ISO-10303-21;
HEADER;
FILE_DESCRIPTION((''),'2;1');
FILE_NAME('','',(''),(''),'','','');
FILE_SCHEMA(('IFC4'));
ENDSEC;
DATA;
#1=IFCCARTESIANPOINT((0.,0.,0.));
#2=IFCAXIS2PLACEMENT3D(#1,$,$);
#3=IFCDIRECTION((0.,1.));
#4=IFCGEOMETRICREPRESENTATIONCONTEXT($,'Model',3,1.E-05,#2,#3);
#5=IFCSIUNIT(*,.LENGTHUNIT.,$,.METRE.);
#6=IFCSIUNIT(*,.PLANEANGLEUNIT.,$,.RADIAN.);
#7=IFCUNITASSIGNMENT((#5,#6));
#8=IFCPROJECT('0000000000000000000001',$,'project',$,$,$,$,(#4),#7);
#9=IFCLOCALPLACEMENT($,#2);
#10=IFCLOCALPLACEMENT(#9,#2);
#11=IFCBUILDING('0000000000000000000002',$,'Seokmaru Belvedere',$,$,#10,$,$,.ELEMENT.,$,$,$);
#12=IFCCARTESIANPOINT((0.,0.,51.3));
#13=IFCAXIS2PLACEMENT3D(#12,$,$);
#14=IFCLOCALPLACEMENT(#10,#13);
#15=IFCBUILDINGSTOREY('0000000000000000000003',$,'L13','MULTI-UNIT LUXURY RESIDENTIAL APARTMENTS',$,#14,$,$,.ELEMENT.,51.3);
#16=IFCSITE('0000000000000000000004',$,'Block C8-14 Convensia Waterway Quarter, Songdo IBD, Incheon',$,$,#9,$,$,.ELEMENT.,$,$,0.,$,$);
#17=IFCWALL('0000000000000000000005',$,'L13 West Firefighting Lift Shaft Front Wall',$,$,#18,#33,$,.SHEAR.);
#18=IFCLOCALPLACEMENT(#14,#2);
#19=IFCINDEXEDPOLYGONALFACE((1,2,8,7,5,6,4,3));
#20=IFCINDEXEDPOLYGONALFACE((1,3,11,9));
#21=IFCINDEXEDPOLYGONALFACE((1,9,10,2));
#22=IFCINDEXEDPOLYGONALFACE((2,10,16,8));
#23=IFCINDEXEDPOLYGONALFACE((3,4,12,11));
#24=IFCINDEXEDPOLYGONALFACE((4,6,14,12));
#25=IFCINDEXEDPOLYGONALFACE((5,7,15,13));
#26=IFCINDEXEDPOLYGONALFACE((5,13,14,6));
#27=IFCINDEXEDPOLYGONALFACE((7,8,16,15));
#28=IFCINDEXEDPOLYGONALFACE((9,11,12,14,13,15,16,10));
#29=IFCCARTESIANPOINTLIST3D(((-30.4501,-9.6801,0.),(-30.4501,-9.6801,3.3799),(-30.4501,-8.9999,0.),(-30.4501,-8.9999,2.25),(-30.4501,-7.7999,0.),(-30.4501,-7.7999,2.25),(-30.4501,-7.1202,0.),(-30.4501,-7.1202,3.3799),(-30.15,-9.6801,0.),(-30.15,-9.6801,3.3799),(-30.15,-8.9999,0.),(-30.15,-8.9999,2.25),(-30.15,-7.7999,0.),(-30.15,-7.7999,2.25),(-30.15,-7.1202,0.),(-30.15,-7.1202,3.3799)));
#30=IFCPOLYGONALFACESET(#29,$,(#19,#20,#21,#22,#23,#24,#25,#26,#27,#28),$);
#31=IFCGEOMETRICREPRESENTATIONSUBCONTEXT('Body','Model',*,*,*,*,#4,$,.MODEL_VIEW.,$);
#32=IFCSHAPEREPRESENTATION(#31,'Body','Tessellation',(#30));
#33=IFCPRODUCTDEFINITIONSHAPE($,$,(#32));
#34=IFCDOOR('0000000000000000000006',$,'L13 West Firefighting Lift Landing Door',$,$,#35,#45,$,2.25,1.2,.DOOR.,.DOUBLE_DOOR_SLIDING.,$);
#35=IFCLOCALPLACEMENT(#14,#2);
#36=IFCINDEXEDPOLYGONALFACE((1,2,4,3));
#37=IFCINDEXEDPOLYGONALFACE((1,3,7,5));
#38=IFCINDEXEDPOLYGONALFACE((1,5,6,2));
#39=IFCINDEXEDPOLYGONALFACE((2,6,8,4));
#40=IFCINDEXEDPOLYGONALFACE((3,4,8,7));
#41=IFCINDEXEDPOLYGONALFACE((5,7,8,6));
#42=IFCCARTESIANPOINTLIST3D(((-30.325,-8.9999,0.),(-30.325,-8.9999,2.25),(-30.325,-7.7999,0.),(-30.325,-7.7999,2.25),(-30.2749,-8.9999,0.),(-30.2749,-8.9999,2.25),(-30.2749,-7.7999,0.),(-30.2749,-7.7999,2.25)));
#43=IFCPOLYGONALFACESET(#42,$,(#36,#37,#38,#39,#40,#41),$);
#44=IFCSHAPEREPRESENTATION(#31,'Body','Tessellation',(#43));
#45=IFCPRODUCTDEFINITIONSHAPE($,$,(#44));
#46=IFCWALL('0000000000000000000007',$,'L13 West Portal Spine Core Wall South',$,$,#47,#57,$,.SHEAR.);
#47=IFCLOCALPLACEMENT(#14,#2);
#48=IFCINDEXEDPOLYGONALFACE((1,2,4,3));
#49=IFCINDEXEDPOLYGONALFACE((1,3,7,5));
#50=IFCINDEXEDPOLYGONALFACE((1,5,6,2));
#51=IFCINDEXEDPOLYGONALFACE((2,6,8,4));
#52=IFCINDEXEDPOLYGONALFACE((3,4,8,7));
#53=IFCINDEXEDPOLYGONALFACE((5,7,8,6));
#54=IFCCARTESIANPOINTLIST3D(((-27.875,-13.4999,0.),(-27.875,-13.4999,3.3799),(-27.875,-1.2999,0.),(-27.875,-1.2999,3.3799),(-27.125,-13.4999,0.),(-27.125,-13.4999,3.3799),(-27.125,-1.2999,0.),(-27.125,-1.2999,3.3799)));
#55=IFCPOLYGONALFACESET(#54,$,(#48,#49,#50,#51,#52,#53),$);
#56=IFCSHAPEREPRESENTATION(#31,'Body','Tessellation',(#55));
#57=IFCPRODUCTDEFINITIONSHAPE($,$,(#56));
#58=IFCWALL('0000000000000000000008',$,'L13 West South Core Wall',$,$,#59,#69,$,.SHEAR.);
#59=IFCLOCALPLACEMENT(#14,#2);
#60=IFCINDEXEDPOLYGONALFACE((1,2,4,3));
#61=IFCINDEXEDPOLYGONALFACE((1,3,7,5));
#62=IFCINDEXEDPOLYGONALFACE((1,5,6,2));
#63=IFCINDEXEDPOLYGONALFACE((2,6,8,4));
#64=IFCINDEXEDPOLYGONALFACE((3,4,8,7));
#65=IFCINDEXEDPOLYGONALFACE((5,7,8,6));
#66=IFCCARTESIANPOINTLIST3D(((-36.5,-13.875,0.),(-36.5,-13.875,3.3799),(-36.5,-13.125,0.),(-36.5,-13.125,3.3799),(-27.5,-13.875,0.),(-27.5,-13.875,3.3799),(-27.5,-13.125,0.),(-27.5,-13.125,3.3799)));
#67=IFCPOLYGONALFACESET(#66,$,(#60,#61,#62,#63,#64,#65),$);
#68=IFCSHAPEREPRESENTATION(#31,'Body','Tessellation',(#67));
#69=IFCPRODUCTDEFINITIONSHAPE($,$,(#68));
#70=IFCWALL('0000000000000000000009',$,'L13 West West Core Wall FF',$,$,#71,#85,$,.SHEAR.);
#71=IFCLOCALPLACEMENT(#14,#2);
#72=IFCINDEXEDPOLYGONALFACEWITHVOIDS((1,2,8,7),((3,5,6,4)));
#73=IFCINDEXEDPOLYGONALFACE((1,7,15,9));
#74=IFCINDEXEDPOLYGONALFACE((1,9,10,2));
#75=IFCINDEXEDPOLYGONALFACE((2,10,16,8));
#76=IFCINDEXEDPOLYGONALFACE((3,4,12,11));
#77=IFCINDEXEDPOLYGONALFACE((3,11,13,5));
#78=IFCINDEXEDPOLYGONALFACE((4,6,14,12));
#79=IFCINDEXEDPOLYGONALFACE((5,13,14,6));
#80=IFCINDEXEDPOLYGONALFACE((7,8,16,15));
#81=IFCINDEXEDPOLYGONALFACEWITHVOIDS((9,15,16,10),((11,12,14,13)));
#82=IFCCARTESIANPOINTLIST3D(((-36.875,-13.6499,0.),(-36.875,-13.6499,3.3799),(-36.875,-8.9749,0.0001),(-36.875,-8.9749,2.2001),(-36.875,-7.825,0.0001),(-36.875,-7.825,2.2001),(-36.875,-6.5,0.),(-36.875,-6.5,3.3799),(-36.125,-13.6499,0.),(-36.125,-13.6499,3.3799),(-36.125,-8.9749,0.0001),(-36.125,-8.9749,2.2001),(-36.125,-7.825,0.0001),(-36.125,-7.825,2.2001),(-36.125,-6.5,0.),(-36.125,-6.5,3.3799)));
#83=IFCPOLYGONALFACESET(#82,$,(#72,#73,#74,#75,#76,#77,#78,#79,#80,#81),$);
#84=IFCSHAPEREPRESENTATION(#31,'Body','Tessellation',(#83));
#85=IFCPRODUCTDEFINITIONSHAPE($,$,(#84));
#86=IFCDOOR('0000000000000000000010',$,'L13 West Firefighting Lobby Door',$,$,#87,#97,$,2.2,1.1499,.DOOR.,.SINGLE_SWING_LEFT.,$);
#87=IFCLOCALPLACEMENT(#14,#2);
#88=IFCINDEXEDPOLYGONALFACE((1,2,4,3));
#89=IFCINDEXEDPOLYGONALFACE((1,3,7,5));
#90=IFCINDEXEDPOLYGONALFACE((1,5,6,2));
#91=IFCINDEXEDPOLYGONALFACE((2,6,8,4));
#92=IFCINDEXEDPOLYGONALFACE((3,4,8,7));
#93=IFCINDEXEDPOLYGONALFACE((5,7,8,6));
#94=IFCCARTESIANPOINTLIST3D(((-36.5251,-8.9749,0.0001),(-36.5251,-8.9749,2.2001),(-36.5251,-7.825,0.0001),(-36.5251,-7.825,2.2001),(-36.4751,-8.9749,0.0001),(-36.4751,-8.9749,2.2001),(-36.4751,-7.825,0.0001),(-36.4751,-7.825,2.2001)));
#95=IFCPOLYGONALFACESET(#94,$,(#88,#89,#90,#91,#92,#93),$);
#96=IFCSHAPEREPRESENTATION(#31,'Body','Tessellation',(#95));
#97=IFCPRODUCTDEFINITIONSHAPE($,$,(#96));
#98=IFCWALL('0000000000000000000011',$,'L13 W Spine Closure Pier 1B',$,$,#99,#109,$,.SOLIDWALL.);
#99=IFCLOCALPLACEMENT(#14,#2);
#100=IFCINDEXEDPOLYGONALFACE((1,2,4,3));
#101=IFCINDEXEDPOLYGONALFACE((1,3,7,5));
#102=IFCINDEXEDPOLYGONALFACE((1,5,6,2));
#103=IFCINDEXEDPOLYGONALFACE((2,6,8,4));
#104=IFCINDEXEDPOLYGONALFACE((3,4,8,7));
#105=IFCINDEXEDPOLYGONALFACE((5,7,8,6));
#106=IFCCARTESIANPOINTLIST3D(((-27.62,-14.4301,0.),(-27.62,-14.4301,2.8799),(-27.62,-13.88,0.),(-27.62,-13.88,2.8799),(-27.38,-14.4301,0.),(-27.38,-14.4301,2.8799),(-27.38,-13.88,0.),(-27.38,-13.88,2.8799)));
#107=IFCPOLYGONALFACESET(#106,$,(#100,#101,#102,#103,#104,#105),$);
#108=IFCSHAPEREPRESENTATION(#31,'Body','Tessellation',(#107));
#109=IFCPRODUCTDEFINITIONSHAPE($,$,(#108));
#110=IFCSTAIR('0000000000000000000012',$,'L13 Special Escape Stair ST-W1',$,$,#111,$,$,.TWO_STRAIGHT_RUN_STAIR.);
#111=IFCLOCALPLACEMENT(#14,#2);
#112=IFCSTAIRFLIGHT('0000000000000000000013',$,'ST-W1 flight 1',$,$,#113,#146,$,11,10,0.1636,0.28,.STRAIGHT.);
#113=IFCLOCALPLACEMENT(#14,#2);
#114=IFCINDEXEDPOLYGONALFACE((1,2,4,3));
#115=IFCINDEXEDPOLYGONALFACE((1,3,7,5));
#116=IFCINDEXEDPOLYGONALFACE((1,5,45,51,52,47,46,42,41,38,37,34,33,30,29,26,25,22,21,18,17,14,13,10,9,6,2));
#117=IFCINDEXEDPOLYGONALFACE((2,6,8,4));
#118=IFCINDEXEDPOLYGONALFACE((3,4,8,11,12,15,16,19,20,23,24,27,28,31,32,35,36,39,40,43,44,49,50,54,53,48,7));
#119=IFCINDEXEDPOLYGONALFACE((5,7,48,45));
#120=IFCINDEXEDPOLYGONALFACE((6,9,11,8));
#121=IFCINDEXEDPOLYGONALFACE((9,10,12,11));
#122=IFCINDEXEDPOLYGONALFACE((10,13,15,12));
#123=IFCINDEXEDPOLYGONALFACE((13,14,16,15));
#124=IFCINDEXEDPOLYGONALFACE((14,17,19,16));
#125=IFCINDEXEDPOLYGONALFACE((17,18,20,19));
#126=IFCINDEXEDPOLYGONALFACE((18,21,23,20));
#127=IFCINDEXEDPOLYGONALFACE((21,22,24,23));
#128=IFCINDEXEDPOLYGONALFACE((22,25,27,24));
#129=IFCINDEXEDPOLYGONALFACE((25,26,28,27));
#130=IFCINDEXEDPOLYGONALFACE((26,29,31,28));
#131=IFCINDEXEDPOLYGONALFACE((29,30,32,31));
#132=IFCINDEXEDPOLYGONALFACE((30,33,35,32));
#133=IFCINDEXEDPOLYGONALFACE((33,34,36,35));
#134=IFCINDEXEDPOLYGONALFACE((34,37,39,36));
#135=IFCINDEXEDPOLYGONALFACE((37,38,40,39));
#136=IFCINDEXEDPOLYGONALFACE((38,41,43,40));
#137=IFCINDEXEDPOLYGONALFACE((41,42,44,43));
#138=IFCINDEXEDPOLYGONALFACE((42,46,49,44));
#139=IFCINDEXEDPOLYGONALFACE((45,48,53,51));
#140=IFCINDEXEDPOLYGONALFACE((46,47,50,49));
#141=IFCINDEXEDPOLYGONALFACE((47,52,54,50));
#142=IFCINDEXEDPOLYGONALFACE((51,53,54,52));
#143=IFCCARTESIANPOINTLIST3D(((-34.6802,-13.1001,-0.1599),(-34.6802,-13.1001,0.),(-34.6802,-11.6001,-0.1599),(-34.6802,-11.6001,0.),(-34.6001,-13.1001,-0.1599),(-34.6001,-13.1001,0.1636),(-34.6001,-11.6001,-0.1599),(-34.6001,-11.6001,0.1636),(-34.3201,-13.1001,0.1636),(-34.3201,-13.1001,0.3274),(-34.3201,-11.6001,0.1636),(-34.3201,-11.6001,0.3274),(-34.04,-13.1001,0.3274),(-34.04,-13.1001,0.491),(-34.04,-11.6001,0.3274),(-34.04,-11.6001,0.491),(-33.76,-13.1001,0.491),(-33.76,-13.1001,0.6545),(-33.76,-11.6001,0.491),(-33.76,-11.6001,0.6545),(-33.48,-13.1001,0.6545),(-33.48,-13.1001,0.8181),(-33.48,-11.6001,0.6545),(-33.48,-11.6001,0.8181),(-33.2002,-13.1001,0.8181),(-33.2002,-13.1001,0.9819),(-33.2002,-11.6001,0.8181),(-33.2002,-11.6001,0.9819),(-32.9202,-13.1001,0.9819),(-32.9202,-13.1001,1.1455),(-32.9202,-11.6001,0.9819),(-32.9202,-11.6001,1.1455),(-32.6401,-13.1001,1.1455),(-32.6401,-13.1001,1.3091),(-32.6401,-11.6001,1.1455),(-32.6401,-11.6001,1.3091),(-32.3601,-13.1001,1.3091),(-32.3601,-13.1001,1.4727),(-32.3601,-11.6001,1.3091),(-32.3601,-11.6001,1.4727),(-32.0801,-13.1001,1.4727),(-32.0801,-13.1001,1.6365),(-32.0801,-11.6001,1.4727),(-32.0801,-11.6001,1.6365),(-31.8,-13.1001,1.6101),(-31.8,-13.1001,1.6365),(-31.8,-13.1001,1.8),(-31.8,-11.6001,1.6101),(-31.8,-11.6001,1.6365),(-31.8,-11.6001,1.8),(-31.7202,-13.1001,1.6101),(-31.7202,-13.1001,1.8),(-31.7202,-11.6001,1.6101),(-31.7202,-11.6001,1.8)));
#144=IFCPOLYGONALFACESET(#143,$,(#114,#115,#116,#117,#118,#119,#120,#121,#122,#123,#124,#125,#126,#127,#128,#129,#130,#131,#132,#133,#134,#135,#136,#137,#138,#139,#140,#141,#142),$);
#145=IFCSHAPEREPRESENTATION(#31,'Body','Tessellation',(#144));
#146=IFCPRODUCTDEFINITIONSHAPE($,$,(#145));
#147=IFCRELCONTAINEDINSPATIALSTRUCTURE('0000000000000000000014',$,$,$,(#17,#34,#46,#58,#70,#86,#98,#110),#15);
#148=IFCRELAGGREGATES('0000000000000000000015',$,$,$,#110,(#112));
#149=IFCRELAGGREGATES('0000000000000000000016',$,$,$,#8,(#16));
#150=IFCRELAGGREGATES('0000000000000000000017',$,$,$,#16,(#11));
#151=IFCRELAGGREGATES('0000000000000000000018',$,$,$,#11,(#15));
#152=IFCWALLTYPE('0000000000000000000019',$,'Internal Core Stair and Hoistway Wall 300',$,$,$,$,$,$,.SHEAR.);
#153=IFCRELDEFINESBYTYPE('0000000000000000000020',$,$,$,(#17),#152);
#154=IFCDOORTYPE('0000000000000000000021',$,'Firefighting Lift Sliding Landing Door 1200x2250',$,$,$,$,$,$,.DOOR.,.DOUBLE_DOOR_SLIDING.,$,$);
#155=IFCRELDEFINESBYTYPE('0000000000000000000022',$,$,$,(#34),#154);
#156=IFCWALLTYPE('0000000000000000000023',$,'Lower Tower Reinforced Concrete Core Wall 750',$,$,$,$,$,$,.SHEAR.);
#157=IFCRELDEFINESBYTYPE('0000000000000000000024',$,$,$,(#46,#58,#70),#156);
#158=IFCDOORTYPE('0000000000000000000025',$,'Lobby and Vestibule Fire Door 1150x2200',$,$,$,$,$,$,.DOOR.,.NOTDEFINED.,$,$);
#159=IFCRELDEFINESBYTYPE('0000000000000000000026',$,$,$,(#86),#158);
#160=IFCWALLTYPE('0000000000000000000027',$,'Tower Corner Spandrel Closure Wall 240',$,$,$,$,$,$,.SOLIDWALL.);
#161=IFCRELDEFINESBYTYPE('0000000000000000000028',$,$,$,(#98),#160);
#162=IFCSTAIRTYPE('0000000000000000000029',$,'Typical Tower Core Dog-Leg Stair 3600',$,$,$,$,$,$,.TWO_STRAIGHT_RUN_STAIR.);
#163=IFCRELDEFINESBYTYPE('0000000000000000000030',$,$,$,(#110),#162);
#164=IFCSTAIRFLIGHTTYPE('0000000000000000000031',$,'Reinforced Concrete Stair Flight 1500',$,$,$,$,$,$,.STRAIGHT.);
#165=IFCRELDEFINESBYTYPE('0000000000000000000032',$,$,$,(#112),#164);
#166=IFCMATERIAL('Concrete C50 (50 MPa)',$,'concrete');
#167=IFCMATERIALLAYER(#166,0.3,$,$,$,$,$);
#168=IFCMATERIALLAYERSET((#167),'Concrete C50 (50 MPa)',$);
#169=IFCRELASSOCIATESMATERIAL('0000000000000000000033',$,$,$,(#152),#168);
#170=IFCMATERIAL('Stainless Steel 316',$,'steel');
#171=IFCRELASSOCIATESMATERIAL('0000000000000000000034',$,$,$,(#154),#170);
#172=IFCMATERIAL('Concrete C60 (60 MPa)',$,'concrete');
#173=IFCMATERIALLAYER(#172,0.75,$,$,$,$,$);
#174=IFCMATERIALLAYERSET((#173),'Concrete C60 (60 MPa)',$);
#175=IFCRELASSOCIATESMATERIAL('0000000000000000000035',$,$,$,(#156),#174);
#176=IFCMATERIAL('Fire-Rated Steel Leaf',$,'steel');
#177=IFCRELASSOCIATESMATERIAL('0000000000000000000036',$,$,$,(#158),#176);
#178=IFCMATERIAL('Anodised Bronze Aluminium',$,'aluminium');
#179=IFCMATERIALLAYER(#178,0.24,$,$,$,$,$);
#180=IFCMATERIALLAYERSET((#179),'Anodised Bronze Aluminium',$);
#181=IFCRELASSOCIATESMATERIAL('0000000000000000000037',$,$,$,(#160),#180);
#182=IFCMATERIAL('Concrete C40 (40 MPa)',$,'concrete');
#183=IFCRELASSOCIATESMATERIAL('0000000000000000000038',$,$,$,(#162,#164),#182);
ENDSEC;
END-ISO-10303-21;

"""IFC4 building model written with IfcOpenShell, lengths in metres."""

from ifc_helpers import new_model, si_unit, direction, frame, frame_2d, origin, place, context, subcontext, project, spatial, polyline, rectangle, outline, extrude, source, transform, mapped, material, layer, layer_set, type_object, type_shapes, element, fill, aggregate, save


model = new_model("IFC4")

# Units and contexts
model_context = context("Model", 3, precision=1e-05, world=origin(), true_north=direction((0.0, 1.0)))
body_context = subcontext(model_context, "Body", "Model", "MODEL_VIEW")
ifc_project = project(units=[si_unit("LENGTHUNIT", "METRE"), si_unit("PLANEANGLEUNIT", "RADIAN")], contexts=[model_context])

# Site, building, storey
site_placement = place(None, origin())
site = spatial("IfcSite", under=ifc_project, at=site_placement, Name="Block C8-14 Convensia Waterway Quarter, Songdo IBD, Incheon", CompositionType="ELEMENT", RefElevation=0.0)
building_placement = place(site_placement, origin())
building = spatial("IfcBuilding", under=site, at=building_placement, Name="Seokmaru Belvedere", CompositionType="ELEMENT")
storey_placement = place(building_placement, frame((0.0, 0.0, 51.3)))
storey = spatial("IfcBuildingStorey", under=building, at=storey_placement, Name="L13", Description="MULTI-UNIT LUXURY RESIDENTIAL APARTMENTS", CompositionType="ELEMENT", Elevation=51.3)

# Shared definitions
ifc_material_1 = material(Name="Anodised Bronze Aluminium", Category="aluminium")

# Wall, opening, door
ifc_material_2 = material(Name="Concrete C50 (50 MPa)", Category="concrete")
ifc_layer_1 = layer(ifc_material_2, 0.3)
ifc_layer_set_1 = layer_set([ifc_layer_1], Name="Concrete C50 (50 MPa)")
wall_type_1 = type_object("IfcWallType", Name="Internal Core Stair and Hoistway Wall 300", PredefinedType="SHEAR", material=ifc_layer_set_1)
ifc_material_3 = material(Name="Fire-Rated Steel Leaf", Category="steel")
wall_1_placement = place(storey_placement, frame((-30.3, -9.6799, 0.0), z_axis=(0.0, 0.0, 1.0), x_axis=(0.0, 1.0, 0.0)))
wall_1 = element("IfcWall", 1, at=wall_1_placement, inside=storey, type_object=wall_type_1, Name="L13 West Firefighting Lift Shaft Front Wall", PredefinedType="SHEAR", context=body_context, shape_type="SweptSolid", body=[
    extrude(rectangle(XDim=2.5598, YDim=0.3, at=frame_2d((1.2798, 0.0))), origin(), (0.0, 0.0, 1.0), 3.3799),
])
opening_1_placement = place(wall_1_placement, frame((0.6799, 0.0, 0.0)))
opening_1 = element("IfcOpeningElement", 2, at=opening_1_placement, cuts=wall_1, PredefinedType="OPENING", context=body_context, shape_type="SweptSolid", body=[
    extrude(rectangle(XDim=1.2, YDim=2.25, at=frame_2d((0.6001, 1.125))), frame((0.0, 0.1602, 0.0), z_axis=(0.0, -1.0, 0.0), x_axis=(1.0, 0.0, 0.0)), (0.0, 0.0, 1.0), 0.3201),
])
ifc_material_4 = material(Name="Stainless Steel 316", Category="steel")
door_type_1 = type_object("IfcDoorType", Name="Firefighting Lift Sliding Landing Door 1200x2250", OperationType="DOUBLE_DOOR_SLIDING", PredefinedType="DOOR", material=ifc_material_4)
shared_shape_1 = source(origin(), body_context, "Body", "SweptSolid", [
    extrude(rectangle(XDim=1.2, YDim=2.25, at=frame_2d((0.6001, 1.125))), frame((0.0, 0.0249, 0.0), z_axis=(0.0, -1.0, 0.0), x_axis=(1.0, 0.0, 0.0)), (0.0, 0.0, 1.0), 0.05),
])
type_shapes(door_type_1, [shared_shape_1])
door_1_placement = place(opening_1_placement, origin())
door_1 = element("IfcDoor", 3, at=door_1_placement, inside=storey, type_object=door_type_1, Name="L13 West Firefighting Lift Landing Door", OperationType="DOUBLE_DOOR_SLIDING", OverallHeight=2.25, OverallWidth=1.2, PredefinedType="DOOR", context=body_context, shape_type="MappedRepresentation", body=[
    mapped(shared_shape_1, transform((0.0, 0.0, 0.0), scale=1.0)),
])
fill(opening_1, door_1)

# Walls
ifc_material_5 = material(Name="Concrete C60 (60 MPa)", Category="concrete")
ifc_layer_2 = layer(ifc_material_5, 0.75)
ifc_layer_set_2 = layer_set([ifc_layer_2], Name="Concrete C60 (60 MPa)")
wall_type_2 = type_object("IfcWallType", Name="Lower Tower Reinforced Concrete Core Wall 750", PredefinedType="SHEAR", material=ifc_layer_set_2)
wall_2_placement = place(storey_placement, frame((-27.5, -13.5, 0.0), z_axis=(0.0, 0.0, 1.0), x_axis=(0.0, 1.0, 0.0)))
element("IfcWall", 4, at=wall_2_placement, inside=storey, type_object=wall_type_2, Name="L13 West Portal Spine Core Wall South", PredefinedType="SHEAR", context=body_context, shape_type="SweptSolid", body=[
    extrude(rectangle(XDim=12.2, YDim=0.75, at=frame_2d((6.1001, 0.0))), origin(), (0.0, 0.0, 1.0), 3.3799),
])
wall_3_placement = place(storey_placement, frame((-36.5, -13.5, 0.0), z_axis=(0.0, 0.0, 1.0), x_axis=(1.0, 0.0, 0.0)))
element("IfcWall", 5, at=wall_3_placement, inside=storey, type_object=wall_type_2, Name="L13 West South Core Wall", PredefinedType="SHEAR", context=body_context, shape_type="SweptSolid", body=[
    extrude(rectangle(XDim=9.0, YDim=0.75, at=frame_2d((4.5, 0.0))), origin(), (0.0, 0.0, 1.0), 3.3799),
])

# Wall, opening, door
wall_4_placement = place(storey_placement, frame((-36.5, -13.6499, 0.0), z_axis=(0.0, 0.0, 1.0), x_axis=(0.0, 1.0, 0.0)))
wall_4 = element("IfcWall", 6, at=wall_4_placement, inside=storey, type_object=wall_type_2, Name="L13 West West Core Wall FF", PredefinedType="SHEAR", context=body_context, shape_type="SweptSolid", body=[
    extrude(rectangle(XDim=7.1499, YDim=0.75, at=frame_2d((3.575, 0.0))), origin(), (0.0, 0.0, 1.0), 3.3799),
])
opening_2_placement = place(wall_4_placement, frame((4.675, 0.0, 0.0)))
opening_2 = element("IfcOpeningElement", 7, at=opening_2_placement, cuts=wall_4, PredefinedType="OPENING", context=body_context, shape_type="SweptSolid", body=[
    extrude(rectangle(XDim=1.1499, YDim=2.2, at=frame_2d((0.575, 1.1001))), frame((0.0, 0.385, 0.0), z_axis=(0.0, -1.0, 0.0), x_axis=(1.0, 0.0, 0.0)), (0.0, 0.0, 1.0), 0.77),
])
door_type_2 = type_object("IfcDoorType", Name="Lobby and Vestibule Fire Door 1150x2200", OperationType="NOTDEFINED", PredefinedType="DOOR", material=ifc_material_3)
shared_shape_2 = source(origin(), body_context, "Body", "SweptSolid", [
    extrude(rectangle(XDim=1.1499, YDim=2.2, at=frame_2d((0.575, 1.1001))), frame((0.0, 0.0249, 0.0), z_axis=(0.0, -1.0, 0.0), x_axis=(1.0, 0.0, 0.0)), (0.0, 0.0, 1.0), 0.05),
])
type_shapes(door_type_2, [shared_shape_2])
door_2_placement = place(opening_2_placement, frame((1.1499, 0.0, 0.0), z_axis=(0.0, 0.0, 1.0), x_axis=(-1.0, 0.0, 0.0)))
door_2 = element("IfcDoor", 8, at=door_2_placement, inside=storey, type_object=door_type_2, Name="L13 West Firefighting Lobby Door", OperationType="SINGLE_SWING_LEFT", OverallHeight=2.2, OverallWidth=1.1499, PredefinedType="DOOR", context=body_context, shape_type="MappedRepresentation", body=[
    mapped(shared_shape_2, transform((0.0, 0.0, 0.0), scale=1.0)),
])
fill(opening_2, door_2)

# Wall
ifc_layer_3 = layer(ifc_material_1, 0.24)
ifc_layer_set_3 = layer_set([ifc_layer_3], Name="Anodised Bronze Aluminium")
wall_type_3 = type_object("IfcWallType", Name="Tower Corner Spandrel Closure Wall 240", PredefinedType="SOLIDWALL", material=ifc_layer_set_3)
wall_5_placement = place(storey_placement, frame((-27.5, -14.4299, 0.0), z_axis=(0.0, 0.0, 1.0), x_axis=(0.0, 1.0, 0.0)))
element("IfcWall", 9, at=wall_5_placement, inside=storey, type_object=wall_type_3, Name="L13 W Spine Closure Pier 1B", PredefinedType="SOLIDWALL", context=body_context, shape_type="SweptSolid", body=[
    extrude(rectangle(XDim=0.55, YDim=0.24, at=frame_2d((0.2749, 0.0))), origin(), (0.0, 0.0, 1.0), 2.8799),
])

# Stair, stair flight
ifc_material_6 = material(Name="Concrete C40 (40 MPa)", Category="concrete")
stair_type = type_object("IfcStairType", Name="Typical Tower Core Dog-Leg Stair 3600", PredefinedType="TWO_STRAIGHT_RUN_STAIR", material=ifc_material_6)
stair_placement = place(storey_placement, origin())
stair = element("IfcStair", 10, at=stair_placement, inside=storey, type_object=stair_type, Name="L13 Special Escape Stair ST-W1", PredefinedType="TWO_STRAIGHT_RUN_STAIR")
stair_flight_type = type_object("IfcStairFlightType", Name="Reinforced Concrete Stair Flight 1500", PredefinedType="STRAIGHT", material=ifc_material_6)
stair_flight_1_placement = place(storey_placement, frame((-34.6001, -12.3501, 0.0), z_axis=(0.0, 0.0, 1.0), x_axis=(1.0, 0.0, 0.0)))
stair_flight_1 = element("IfcStairFlight", 11, at=stair_flight_1_placement, type_object=stair_flight_type, Name="ST-W1 flight 1", NumberOfRisers=11, NumberOfTreads=10, PredefinedType="STRAIGHT", RiserHeight=0.1636, TreadLength=0.28, context=body_context, shape_type="SweptSolid", body=[
    extrude(outline(polyline([(-0.0801, 0.0), (0.0, 0.1636), (0.28, 0.1636), (0.28, 0.3274), (0.5601, 0.3274), (0.5601, 0.491), (0.8401, 0.491), (0.8401, 0.6545), (1.1201, 0.6545), (1.1201, 0.8181), (1.3999, 0.8181), (1.3999, 0.9819), (1.6799, 0.9819), (1.6799, 1.1455), (1.96, 1.1455), (1.96, 1.3091), (2.24, 1.3091), (2.24, 1.4727), (2.52, 1.4727), (2.52, 1.6365), (2.8, 1.6365), (2.8, 1.8), (2.8799, 1.8), (2.8799, 1.6101), (2.8, 1.6101), (0.0, -0.1599), (-0.0801, -0.1599), (-0.0801, 0.0)])), frame((0.0, 0.75, 0.0), z_axis=(0.0, -1.0, 0.0), x_axis=(1.0, 0.0, 0.0)), (0.0, 0.0, 1.0), 1.5),
])
aggregate(stair, [stair_flight_1])

save(model, "model.ifc")
